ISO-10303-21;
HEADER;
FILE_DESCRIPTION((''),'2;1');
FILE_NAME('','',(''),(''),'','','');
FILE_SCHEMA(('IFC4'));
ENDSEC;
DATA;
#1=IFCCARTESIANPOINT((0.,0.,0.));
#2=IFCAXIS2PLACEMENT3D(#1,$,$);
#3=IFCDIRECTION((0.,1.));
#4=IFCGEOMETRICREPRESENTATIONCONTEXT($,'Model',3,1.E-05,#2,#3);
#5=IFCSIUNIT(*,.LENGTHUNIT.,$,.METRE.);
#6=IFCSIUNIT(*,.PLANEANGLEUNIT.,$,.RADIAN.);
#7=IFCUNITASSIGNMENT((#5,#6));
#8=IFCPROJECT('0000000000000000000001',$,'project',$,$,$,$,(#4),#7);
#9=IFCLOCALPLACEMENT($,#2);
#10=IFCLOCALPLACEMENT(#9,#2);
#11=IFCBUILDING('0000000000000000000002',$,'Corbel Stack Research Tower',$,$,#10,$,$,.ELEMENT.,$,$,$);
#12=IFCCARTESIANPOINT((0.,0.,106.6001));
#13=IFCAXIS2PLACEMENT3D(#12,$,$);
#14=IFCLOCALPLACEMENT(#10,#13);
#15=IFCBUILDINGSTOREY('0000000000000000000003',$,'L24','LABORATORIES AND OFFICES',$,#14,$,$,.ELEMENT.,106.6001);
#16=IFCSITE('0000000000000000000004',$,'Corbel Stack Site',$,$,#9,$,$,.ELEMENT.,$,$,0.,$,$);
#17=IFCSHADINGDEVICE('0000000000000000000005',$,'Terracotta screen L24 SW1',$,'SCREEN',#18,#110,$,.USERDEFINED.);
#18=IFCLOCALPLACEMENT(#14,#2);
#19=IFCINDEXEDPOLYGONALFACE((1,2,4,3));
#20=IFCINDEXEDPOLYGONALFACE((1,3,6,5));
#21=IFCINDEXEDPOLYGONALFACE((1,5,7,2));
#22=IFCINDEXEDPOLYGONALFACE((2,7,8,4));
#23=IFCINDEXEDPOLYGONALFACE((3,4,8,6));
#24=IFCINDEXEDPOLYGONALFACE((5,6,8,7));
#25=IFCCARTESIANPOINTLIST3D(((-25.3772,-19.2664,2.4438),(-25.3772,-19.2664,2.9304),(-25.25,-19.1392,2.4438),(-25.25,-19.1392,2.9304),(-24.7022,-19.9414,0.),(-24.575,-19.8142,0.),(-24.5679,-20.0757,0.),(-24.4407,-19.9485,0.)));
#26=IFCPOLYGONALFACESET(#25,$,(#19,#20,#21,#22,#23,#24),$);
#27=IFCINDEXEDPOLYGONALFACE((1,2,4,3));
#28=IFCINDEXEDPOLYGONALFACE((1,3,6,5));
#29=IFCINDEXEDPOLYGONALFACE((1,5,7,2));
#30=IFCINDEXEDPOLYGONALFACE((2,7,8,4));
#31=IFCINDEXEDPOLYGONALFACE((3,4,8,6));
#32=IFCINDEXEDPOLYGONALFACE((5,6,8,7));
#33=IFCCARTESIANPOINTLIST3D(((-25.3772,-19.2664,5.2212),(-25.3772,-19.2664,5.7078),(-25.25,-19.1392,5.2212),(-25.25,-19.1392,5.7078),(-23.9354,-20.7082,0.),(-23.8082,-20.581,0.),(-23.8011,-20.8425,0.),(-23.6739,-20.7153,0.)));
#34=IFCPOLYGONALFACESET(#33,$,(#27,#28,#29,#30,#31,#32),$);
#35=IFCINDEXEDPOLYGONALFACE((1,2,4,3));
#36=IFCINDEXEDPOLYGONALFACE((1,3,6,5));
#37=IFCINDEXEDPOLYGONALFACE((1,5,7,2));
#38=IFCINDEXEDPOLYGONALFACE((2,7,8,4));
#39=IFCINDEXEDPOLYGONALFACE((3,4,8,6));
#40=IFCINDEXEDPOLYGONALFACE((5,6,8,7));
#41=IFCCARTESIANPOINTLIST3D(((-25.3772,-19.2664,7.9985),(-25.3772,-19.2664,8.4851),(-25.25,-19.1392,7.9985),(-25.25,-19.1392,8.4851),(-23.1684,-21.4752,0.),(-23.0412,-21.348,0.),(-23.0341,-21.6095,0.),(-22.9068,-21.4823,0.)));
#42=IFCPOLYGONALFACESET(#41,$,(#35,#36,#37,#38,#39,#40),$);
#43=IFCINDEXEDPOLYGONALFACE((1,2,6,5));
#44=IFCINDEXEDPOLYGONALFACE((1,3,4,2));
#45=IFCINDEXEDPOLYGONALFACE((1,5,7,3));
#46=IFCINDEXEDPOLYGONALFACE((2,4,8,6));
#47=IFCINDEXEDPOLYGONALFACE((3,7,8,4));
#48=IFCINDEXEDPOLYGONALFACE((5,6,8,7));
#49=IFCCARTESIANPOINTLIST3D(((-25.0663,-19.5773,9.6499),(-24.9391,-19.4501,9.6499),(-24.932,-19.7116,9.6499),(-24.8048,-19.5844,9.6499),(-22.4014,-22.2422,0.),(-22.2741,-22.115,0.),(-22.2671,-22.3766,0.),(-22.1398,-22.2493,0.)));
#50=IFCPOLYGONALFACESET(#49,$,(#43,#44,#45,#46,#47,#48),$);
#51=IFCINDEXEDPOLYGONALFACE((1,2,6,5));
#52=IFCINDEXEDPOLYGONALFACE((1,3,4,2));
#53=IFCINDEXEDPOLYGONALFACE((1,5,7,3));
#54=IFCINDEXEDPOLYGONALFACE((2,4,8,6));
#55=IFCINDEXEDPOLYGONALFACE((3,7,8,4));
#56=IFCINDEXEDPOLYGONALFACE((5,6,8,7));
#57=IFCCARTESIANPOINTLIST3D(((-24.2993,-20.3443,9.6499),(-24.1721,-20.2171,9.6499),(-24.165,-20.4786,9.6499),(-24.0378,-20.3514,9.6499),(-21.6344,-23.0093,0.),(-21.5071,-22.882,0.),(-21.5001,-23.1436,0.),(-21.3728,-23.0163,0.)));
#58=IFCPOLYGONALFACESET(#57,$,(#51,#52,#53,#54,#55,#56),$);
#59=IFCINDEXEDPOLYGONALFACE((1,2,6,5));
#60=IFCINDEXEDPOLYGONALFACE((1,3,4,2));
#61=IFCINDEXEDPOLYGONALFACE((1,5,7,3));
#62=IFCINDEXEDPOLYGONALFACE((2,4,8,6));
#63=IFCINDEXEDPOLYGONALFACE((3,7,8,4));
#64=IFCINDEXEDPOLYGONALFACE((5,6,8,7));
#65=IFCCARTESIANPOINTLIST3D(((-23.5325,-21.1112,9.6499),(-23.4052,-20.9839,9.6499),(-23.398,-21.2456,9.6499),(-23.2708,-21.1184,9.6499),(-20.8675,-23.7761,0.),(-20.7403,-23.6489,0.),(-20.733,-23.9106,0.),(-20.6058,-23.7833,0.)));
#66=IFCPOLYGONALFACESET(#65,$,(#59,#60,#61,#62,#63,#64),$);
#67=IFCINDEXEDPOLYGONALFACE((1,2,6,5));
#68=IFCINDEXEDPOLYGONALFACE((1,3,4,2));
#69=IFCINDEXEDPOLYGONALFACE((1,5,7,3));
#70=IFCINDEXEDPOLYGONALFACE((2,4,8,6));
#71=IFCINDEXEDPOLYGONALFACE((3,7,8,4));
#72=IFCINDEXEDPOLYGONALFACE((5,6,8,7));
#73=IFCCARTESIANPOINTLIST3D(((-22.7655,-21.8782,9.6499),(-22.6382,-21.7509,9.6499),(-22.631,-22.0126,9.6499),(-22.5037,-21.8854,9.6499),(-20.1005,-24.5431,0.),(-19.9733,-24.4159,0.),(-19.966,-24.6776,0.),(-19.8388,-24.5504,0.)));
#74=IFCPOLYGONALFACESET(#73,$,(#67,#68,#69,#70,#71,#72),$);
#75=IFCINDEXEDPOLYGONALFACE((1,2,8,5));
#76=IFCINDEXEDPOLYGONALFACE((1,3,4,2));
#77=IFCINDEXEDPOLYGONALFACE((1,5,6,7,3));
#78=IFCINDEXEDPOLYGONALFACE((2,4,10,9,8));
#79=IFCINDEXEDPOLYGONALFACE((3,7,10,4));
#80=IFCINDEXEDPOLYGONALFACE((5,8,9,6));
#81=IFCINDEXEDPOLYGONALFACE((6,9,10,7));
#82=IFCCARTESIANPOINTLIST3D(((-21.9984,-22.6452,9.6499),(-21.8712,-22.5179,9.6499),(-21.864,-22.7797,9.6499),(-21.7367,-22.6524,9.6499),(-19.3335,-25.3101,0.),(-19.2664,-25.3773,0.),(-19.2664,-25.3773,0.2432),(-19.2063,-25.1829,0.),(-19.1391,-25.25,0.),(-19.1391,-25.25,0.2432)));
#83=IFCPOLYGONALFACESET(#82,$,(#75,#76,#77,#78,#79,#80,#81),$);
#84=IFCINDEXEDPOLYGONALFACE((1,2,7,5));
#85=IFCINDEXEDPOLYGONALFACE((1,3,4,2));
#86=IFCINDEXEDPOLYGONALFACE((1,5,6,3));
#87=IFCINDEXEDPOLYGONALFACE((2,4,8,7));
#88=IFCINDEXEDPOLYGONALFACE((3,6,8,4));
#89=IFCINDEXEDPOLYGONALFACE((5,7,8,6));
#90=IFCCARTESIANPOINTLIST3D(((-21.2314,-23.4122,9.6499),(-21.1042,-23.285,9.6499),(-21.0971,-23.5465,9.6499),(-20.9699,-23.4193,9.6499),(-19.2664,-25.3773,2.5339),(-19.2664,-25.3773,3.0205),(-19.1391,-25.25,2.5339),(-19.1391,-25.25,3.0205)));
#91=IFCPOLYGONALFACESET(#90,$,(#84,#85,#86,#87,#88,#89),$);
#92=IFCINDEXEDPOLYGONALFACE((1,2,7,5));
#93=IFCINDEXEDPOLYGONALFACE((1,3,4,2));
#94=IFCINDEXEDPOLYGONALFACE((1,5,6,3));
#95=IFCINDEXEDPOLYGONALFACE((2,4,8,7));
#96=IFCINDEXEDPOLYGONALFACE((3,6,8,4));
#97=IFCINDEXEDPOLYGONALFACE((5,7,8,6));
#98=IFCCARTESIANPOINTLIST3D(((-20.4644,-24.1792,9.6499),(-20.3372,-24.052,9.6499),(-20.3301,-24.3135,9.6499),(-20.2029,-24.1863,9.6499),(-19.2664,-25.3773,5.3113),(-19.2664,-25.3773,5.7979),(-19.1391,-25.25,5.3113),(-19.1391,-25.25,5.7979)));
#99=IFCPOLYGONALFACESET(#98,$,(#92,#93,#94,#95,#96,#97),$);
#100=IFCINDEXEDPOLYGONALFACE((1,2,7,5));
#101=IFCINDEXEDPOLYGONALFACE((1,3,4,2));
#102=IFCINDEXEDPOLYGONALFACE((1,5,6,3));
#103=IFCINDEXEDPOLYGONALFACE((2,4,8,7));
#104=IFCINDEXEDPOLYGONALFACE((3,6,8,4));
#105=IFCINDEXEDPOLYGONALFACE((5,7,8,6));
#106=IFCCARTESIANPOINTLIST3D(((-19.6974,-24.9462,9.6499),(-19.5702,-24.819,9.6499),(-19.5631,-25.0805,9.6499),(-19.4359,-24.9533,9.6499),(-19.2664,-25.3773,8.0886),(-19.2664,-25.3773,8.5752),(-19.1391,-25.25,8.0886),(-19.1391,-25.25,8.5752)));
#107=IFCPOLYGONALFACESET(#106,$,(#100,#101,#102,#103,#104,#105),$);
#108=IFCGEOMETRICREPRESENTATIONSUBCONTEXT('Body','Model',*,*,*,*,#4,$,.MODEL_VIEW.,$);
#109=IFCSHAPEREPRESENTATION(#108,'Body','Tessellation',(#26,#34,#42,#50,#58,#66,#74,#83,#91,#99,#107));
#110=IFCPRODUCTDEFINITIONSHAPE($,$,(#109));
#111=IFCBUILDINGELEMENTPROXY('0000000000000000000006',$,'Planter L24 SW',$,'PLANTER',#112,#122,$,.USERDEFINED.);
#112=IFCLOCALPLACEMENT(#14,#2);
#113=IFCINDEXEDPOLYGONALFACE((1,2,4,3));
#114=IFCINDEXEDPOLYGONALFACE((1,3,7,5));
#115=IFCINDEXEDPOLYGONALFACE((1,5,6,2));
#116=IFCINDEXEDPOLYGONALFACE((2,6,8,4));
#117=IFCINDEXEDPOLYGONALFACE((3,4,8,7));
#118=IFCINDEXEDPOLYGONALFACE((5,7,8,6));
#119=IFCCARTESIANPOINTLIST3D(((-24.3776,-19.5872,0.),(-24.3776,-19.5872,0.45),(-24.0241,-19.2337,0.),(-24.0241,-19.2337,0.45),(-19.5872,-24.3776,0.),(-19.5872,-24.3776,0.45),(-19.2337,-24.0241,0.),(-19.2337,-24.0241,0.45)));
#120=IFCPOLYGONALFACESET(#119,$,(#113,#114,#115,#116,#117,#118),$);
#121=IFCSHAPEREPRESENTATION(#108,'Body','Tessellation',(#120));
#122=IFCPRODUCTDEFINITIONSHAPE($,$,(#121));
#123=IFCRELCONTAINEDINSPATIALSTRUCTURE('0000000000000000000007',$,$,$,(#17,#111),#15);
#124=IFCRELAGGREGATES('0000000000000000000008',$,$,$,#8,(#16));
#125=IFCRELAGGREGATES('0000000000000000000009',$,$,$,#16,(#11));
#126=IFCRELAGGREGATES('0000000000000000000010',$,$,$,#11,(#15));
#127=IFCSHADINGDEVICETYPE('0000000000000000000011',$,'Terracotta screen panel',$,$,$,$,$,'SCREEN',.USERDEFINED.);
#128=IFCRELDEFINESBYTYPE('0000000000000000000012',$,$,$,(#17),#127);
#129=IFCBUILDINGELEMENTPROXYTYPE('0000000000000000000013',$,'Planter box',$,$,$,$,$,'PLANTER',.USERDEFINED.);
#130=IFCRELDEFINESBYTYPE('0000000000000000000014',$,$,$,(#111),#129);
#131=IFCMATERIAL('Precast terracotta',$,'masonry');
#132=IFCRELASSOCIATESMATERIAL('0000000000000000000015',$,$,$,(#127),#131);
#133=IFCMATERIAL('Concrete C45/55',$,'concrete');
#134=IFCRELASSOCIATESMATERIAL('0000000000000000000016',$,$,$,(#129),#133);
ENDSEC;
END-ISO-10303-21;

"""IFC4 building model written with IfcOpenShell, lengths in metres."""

from ifc_helpers import new_model, si_unit, direction, frame, origin, origin_2d, place, context, subcontext, project, spatial, polyline, rectangle, outline, extrude, source, transform, mapped, material, type_object, element, save


model = new_model("IFC4")

# Units and contexts
model_context = context("Model", 3, precision=1e-05, world=origin(), true_north=direction((0.0, 1.0)))
body_context = subcontext(model_context, "Body", "Model", "MODEL_VIEW")
ifc_project = project(units=[si_unit("LENGTHUNIT", "METRE"), si_unit("PLANEANGLEUNIT", "RADIAN")], contexts=[model_context])

# Site, building, storey
site_placement = place(None, origin())
site = spatial("IfcSite", under=ifc_project, at=site_placement, Name="Corbel Stack Site", CompositionType="ELEMENT", RefElevation=0.0)
building_placement = place(site_placement, origin())
building = spatial("IfcBuilding", under=site, at=building_placement, Name="Corbel Stack Research Tower", CompositionType="ELEMENT")
storey_placement = place(building_placement, frame((0.0, 0.0, 106.6001)))
storey = spatial("IfcBuildingStorey", under=building, at=storey_placement, Name="L24", Description="LABORATORIES AND OFFICES", CompositionType="ELEMENT", Elevation=106.6001)

# Shading device
ifc_material_1 = material(Name="Precast terracotta", Category="masonry")
shading_device_type = type_object("IfcShadingDeviceType", Name="Terracotta screen panel", ElementType="SCREEN", PredefinedType="USERDEFINED", material=ifc_material_1)
shared_shape = source(origin(), body_context, "Body", "SweptSolid", [
    extrude(outline(polyline([(1.1445, 0.0), (0.0, 2.9304), (0.0, 2.4438), (0.9546, 0.0), (1.1445, 0.0)])), frame((0.0, 0.0, 0.0), z_axis=(0.0, -1.0, 0.0), x_axis=(1.0, 0.0, 0.0)), (0.0, 0.0, 1.0), 0.1799),
    extrude(outline(polyline([(2.229, 0.0), (0.0, 5.7078), (0.0, 5.2212), (2.0391, 0.0), (2.229, 0.0)])), frame((0.0, 0.0, 0.0), z_axis=(0.0, -1.0, 0.0), x_axis=(1.0, 0.0, 0.0)), (0.0, 0.0, 1.0), 0.1799),
    extrude(outline(polyline([(3.3137, 0.0), (0.0, 8.4851), (0.0, 7.9985), (3.1238, 0.0), (3.3137, 0.0)])), frame((0.0, 0.0, 0.0), z_axis=(0.0, -1.0, 0.0), x_axis=(1.0, 0.0, 0.0)), (0.0, 0.0, 1.0), 0.1799),
    extrude(outline(polyline([(4.3984, 0.0), (0.6296, 9.6499), (0.4397, 9.6499), (4.2085, 0.0), (4.3984, 0.0)])), frame((0.0, 0.0, 0.0), z_axis=(0.0, -1.0, 0.0), x_axis=(1.0, 0.0, 0.0)), (0.0, 0.0, 1.0), 0.1799),
    extrude(outline(polyline([(5.4832, 0.0), (1.7144, 9.6499), (1.5244, 9.6499), (5.2932, 0.0), (5.4832, 0.0)])), frame((0.0, 0.0, 0.0), z_axis=(0.0, -1.0, 0.0), x_axis=(1.0, 0.0, 0.0)), (0.0, 0.0, 1.0), 0.1799),
    extrude(outline(polyline([(6.5679, 0.0), (2.7991, 9.6499), (2.6089, 9.6499), (6.3777, 0.0), (6.5679, 0.0)])), frame((0.0, 0.0, 0.0), z_axis=(0.0, -1.0, 0.0), x_axis=(1.0, 0.0, 0.0)), (0.0, 0.0, 1.0), 0.1799),
    extrude(outline(polyline([(7.6526, 0.0), (3.8838, 9.6499), (3.6936, 9.6499), (7.4624, 0.0), (7.6526, 0.0)])), frame((0.0, 0.0, 0.0), z_axis=(0.0, -1.0, 0.0), x_axis=(1.0, 0.0, 0.0)), (0.0, 0.0, 1.0), 0.1799),
    extrude(outline(polyline([(8.6421, 0.0), (8.6421, 0.2432), (4.9685, 9.6499), (4.7783, 9.6499), (8.5471, 0.0), (8.6421, 0.0)])), frame((0.0, 0.0, 0.0), z_axis=(0.0, -1.0, 0.0), x_axis=(1.0, 0.0, 0.0)), (0.0, 0.0, 1.0), 0.1799),
    extrude(outline(polyline([(6.053, 9.6499), (5.863, 9.6499), (8.6421, 2.5339), (8.6421, 3.0205), (6.053, 9.6499)])), frame((0.0, 0.0, 0.0), z_axis=(0.0, -1.0, 0.0), x_axis=(1.0, 0.0, 0.0)), (0.0, 0.0, 1.0), 0.1799),
    extrude(outline(polyline([(7.1377, 9.6499), (6.9478, 9.6499), (8.6421, 5.3113), (8.6421, 5.7979), (7.1377, 9.6499)])), frame((0.0, 0.0, 0.0), z_axis=(0.0, -1.0, 0.0), x_axis=(1.0, 0.0, 0.0)), (0.0, 0.0, 1.0), 0.1799),
    extrude(outline(polyline([(8.2224, 9.6499), (8.0325, 9.6499), (8.6421, 8.0886), (8.6421, 8.5752), (8.2224, 9.6499)])), frame((0.0, 0.0, 0.0), z_axis=(0.0, -1.0, 0.0), x_axis=(1.0, 0.0, 0.0)), (0.0, 0.0, 1.0), 0.1799),
])
shading_device_placement = place(storey_placement, frame((-25.25, -19.1392, 0.0), z_axis=(0.0, 0.0, 1.0), x_axis=(0.707107, -0.707107, 0.0)))
element("IfcShadingDevice", 1, at=shading_device_placement, inside=storey, type_object=shading_device_type, Name="Terracotta screen L24 SW1", ObjectType="SCREEN", PredefinedType="USERDEFINED", context=body_context, shape_type="MappedRepresentation", body=[
    mapped(shared_shape, transform((0.0, 0.0, 0.0))),
])

# Building element proxy
ifc_material_2 = material(Name="Concrete C45/55", Category="concrete")
building_element_proxy_type = type_object("IfcBuildingElementProxyType", Name="Planter box", ElementType="PLANTER", PredefinedType="USERDEFINED", material=ifc_material_2)
proxy_placement = place(storey_placement, frame((-21.8057, -21.8057, 0.0), z_axis=(0.0, 0.0, 1.0), x_axis=(0.707107, -0.707107, 0.0)))
element("IfcBuildingElementProxy", 2, at=proxy_placement, inside=storey, type_object=building_element_proxy_type, Name="Planter L24 SW", ObjectType="PLANTER", PredefinedType="USERDEFINED", context=body_context, shape_type="SweptSolid", body=[
    extrude(rectangle(XDim=6.7747, YDim=0.5, at=origin_2d()), origin(), (0.0, 0.0, 1.0), 0.45),
])

save(model, "model.ifc")
